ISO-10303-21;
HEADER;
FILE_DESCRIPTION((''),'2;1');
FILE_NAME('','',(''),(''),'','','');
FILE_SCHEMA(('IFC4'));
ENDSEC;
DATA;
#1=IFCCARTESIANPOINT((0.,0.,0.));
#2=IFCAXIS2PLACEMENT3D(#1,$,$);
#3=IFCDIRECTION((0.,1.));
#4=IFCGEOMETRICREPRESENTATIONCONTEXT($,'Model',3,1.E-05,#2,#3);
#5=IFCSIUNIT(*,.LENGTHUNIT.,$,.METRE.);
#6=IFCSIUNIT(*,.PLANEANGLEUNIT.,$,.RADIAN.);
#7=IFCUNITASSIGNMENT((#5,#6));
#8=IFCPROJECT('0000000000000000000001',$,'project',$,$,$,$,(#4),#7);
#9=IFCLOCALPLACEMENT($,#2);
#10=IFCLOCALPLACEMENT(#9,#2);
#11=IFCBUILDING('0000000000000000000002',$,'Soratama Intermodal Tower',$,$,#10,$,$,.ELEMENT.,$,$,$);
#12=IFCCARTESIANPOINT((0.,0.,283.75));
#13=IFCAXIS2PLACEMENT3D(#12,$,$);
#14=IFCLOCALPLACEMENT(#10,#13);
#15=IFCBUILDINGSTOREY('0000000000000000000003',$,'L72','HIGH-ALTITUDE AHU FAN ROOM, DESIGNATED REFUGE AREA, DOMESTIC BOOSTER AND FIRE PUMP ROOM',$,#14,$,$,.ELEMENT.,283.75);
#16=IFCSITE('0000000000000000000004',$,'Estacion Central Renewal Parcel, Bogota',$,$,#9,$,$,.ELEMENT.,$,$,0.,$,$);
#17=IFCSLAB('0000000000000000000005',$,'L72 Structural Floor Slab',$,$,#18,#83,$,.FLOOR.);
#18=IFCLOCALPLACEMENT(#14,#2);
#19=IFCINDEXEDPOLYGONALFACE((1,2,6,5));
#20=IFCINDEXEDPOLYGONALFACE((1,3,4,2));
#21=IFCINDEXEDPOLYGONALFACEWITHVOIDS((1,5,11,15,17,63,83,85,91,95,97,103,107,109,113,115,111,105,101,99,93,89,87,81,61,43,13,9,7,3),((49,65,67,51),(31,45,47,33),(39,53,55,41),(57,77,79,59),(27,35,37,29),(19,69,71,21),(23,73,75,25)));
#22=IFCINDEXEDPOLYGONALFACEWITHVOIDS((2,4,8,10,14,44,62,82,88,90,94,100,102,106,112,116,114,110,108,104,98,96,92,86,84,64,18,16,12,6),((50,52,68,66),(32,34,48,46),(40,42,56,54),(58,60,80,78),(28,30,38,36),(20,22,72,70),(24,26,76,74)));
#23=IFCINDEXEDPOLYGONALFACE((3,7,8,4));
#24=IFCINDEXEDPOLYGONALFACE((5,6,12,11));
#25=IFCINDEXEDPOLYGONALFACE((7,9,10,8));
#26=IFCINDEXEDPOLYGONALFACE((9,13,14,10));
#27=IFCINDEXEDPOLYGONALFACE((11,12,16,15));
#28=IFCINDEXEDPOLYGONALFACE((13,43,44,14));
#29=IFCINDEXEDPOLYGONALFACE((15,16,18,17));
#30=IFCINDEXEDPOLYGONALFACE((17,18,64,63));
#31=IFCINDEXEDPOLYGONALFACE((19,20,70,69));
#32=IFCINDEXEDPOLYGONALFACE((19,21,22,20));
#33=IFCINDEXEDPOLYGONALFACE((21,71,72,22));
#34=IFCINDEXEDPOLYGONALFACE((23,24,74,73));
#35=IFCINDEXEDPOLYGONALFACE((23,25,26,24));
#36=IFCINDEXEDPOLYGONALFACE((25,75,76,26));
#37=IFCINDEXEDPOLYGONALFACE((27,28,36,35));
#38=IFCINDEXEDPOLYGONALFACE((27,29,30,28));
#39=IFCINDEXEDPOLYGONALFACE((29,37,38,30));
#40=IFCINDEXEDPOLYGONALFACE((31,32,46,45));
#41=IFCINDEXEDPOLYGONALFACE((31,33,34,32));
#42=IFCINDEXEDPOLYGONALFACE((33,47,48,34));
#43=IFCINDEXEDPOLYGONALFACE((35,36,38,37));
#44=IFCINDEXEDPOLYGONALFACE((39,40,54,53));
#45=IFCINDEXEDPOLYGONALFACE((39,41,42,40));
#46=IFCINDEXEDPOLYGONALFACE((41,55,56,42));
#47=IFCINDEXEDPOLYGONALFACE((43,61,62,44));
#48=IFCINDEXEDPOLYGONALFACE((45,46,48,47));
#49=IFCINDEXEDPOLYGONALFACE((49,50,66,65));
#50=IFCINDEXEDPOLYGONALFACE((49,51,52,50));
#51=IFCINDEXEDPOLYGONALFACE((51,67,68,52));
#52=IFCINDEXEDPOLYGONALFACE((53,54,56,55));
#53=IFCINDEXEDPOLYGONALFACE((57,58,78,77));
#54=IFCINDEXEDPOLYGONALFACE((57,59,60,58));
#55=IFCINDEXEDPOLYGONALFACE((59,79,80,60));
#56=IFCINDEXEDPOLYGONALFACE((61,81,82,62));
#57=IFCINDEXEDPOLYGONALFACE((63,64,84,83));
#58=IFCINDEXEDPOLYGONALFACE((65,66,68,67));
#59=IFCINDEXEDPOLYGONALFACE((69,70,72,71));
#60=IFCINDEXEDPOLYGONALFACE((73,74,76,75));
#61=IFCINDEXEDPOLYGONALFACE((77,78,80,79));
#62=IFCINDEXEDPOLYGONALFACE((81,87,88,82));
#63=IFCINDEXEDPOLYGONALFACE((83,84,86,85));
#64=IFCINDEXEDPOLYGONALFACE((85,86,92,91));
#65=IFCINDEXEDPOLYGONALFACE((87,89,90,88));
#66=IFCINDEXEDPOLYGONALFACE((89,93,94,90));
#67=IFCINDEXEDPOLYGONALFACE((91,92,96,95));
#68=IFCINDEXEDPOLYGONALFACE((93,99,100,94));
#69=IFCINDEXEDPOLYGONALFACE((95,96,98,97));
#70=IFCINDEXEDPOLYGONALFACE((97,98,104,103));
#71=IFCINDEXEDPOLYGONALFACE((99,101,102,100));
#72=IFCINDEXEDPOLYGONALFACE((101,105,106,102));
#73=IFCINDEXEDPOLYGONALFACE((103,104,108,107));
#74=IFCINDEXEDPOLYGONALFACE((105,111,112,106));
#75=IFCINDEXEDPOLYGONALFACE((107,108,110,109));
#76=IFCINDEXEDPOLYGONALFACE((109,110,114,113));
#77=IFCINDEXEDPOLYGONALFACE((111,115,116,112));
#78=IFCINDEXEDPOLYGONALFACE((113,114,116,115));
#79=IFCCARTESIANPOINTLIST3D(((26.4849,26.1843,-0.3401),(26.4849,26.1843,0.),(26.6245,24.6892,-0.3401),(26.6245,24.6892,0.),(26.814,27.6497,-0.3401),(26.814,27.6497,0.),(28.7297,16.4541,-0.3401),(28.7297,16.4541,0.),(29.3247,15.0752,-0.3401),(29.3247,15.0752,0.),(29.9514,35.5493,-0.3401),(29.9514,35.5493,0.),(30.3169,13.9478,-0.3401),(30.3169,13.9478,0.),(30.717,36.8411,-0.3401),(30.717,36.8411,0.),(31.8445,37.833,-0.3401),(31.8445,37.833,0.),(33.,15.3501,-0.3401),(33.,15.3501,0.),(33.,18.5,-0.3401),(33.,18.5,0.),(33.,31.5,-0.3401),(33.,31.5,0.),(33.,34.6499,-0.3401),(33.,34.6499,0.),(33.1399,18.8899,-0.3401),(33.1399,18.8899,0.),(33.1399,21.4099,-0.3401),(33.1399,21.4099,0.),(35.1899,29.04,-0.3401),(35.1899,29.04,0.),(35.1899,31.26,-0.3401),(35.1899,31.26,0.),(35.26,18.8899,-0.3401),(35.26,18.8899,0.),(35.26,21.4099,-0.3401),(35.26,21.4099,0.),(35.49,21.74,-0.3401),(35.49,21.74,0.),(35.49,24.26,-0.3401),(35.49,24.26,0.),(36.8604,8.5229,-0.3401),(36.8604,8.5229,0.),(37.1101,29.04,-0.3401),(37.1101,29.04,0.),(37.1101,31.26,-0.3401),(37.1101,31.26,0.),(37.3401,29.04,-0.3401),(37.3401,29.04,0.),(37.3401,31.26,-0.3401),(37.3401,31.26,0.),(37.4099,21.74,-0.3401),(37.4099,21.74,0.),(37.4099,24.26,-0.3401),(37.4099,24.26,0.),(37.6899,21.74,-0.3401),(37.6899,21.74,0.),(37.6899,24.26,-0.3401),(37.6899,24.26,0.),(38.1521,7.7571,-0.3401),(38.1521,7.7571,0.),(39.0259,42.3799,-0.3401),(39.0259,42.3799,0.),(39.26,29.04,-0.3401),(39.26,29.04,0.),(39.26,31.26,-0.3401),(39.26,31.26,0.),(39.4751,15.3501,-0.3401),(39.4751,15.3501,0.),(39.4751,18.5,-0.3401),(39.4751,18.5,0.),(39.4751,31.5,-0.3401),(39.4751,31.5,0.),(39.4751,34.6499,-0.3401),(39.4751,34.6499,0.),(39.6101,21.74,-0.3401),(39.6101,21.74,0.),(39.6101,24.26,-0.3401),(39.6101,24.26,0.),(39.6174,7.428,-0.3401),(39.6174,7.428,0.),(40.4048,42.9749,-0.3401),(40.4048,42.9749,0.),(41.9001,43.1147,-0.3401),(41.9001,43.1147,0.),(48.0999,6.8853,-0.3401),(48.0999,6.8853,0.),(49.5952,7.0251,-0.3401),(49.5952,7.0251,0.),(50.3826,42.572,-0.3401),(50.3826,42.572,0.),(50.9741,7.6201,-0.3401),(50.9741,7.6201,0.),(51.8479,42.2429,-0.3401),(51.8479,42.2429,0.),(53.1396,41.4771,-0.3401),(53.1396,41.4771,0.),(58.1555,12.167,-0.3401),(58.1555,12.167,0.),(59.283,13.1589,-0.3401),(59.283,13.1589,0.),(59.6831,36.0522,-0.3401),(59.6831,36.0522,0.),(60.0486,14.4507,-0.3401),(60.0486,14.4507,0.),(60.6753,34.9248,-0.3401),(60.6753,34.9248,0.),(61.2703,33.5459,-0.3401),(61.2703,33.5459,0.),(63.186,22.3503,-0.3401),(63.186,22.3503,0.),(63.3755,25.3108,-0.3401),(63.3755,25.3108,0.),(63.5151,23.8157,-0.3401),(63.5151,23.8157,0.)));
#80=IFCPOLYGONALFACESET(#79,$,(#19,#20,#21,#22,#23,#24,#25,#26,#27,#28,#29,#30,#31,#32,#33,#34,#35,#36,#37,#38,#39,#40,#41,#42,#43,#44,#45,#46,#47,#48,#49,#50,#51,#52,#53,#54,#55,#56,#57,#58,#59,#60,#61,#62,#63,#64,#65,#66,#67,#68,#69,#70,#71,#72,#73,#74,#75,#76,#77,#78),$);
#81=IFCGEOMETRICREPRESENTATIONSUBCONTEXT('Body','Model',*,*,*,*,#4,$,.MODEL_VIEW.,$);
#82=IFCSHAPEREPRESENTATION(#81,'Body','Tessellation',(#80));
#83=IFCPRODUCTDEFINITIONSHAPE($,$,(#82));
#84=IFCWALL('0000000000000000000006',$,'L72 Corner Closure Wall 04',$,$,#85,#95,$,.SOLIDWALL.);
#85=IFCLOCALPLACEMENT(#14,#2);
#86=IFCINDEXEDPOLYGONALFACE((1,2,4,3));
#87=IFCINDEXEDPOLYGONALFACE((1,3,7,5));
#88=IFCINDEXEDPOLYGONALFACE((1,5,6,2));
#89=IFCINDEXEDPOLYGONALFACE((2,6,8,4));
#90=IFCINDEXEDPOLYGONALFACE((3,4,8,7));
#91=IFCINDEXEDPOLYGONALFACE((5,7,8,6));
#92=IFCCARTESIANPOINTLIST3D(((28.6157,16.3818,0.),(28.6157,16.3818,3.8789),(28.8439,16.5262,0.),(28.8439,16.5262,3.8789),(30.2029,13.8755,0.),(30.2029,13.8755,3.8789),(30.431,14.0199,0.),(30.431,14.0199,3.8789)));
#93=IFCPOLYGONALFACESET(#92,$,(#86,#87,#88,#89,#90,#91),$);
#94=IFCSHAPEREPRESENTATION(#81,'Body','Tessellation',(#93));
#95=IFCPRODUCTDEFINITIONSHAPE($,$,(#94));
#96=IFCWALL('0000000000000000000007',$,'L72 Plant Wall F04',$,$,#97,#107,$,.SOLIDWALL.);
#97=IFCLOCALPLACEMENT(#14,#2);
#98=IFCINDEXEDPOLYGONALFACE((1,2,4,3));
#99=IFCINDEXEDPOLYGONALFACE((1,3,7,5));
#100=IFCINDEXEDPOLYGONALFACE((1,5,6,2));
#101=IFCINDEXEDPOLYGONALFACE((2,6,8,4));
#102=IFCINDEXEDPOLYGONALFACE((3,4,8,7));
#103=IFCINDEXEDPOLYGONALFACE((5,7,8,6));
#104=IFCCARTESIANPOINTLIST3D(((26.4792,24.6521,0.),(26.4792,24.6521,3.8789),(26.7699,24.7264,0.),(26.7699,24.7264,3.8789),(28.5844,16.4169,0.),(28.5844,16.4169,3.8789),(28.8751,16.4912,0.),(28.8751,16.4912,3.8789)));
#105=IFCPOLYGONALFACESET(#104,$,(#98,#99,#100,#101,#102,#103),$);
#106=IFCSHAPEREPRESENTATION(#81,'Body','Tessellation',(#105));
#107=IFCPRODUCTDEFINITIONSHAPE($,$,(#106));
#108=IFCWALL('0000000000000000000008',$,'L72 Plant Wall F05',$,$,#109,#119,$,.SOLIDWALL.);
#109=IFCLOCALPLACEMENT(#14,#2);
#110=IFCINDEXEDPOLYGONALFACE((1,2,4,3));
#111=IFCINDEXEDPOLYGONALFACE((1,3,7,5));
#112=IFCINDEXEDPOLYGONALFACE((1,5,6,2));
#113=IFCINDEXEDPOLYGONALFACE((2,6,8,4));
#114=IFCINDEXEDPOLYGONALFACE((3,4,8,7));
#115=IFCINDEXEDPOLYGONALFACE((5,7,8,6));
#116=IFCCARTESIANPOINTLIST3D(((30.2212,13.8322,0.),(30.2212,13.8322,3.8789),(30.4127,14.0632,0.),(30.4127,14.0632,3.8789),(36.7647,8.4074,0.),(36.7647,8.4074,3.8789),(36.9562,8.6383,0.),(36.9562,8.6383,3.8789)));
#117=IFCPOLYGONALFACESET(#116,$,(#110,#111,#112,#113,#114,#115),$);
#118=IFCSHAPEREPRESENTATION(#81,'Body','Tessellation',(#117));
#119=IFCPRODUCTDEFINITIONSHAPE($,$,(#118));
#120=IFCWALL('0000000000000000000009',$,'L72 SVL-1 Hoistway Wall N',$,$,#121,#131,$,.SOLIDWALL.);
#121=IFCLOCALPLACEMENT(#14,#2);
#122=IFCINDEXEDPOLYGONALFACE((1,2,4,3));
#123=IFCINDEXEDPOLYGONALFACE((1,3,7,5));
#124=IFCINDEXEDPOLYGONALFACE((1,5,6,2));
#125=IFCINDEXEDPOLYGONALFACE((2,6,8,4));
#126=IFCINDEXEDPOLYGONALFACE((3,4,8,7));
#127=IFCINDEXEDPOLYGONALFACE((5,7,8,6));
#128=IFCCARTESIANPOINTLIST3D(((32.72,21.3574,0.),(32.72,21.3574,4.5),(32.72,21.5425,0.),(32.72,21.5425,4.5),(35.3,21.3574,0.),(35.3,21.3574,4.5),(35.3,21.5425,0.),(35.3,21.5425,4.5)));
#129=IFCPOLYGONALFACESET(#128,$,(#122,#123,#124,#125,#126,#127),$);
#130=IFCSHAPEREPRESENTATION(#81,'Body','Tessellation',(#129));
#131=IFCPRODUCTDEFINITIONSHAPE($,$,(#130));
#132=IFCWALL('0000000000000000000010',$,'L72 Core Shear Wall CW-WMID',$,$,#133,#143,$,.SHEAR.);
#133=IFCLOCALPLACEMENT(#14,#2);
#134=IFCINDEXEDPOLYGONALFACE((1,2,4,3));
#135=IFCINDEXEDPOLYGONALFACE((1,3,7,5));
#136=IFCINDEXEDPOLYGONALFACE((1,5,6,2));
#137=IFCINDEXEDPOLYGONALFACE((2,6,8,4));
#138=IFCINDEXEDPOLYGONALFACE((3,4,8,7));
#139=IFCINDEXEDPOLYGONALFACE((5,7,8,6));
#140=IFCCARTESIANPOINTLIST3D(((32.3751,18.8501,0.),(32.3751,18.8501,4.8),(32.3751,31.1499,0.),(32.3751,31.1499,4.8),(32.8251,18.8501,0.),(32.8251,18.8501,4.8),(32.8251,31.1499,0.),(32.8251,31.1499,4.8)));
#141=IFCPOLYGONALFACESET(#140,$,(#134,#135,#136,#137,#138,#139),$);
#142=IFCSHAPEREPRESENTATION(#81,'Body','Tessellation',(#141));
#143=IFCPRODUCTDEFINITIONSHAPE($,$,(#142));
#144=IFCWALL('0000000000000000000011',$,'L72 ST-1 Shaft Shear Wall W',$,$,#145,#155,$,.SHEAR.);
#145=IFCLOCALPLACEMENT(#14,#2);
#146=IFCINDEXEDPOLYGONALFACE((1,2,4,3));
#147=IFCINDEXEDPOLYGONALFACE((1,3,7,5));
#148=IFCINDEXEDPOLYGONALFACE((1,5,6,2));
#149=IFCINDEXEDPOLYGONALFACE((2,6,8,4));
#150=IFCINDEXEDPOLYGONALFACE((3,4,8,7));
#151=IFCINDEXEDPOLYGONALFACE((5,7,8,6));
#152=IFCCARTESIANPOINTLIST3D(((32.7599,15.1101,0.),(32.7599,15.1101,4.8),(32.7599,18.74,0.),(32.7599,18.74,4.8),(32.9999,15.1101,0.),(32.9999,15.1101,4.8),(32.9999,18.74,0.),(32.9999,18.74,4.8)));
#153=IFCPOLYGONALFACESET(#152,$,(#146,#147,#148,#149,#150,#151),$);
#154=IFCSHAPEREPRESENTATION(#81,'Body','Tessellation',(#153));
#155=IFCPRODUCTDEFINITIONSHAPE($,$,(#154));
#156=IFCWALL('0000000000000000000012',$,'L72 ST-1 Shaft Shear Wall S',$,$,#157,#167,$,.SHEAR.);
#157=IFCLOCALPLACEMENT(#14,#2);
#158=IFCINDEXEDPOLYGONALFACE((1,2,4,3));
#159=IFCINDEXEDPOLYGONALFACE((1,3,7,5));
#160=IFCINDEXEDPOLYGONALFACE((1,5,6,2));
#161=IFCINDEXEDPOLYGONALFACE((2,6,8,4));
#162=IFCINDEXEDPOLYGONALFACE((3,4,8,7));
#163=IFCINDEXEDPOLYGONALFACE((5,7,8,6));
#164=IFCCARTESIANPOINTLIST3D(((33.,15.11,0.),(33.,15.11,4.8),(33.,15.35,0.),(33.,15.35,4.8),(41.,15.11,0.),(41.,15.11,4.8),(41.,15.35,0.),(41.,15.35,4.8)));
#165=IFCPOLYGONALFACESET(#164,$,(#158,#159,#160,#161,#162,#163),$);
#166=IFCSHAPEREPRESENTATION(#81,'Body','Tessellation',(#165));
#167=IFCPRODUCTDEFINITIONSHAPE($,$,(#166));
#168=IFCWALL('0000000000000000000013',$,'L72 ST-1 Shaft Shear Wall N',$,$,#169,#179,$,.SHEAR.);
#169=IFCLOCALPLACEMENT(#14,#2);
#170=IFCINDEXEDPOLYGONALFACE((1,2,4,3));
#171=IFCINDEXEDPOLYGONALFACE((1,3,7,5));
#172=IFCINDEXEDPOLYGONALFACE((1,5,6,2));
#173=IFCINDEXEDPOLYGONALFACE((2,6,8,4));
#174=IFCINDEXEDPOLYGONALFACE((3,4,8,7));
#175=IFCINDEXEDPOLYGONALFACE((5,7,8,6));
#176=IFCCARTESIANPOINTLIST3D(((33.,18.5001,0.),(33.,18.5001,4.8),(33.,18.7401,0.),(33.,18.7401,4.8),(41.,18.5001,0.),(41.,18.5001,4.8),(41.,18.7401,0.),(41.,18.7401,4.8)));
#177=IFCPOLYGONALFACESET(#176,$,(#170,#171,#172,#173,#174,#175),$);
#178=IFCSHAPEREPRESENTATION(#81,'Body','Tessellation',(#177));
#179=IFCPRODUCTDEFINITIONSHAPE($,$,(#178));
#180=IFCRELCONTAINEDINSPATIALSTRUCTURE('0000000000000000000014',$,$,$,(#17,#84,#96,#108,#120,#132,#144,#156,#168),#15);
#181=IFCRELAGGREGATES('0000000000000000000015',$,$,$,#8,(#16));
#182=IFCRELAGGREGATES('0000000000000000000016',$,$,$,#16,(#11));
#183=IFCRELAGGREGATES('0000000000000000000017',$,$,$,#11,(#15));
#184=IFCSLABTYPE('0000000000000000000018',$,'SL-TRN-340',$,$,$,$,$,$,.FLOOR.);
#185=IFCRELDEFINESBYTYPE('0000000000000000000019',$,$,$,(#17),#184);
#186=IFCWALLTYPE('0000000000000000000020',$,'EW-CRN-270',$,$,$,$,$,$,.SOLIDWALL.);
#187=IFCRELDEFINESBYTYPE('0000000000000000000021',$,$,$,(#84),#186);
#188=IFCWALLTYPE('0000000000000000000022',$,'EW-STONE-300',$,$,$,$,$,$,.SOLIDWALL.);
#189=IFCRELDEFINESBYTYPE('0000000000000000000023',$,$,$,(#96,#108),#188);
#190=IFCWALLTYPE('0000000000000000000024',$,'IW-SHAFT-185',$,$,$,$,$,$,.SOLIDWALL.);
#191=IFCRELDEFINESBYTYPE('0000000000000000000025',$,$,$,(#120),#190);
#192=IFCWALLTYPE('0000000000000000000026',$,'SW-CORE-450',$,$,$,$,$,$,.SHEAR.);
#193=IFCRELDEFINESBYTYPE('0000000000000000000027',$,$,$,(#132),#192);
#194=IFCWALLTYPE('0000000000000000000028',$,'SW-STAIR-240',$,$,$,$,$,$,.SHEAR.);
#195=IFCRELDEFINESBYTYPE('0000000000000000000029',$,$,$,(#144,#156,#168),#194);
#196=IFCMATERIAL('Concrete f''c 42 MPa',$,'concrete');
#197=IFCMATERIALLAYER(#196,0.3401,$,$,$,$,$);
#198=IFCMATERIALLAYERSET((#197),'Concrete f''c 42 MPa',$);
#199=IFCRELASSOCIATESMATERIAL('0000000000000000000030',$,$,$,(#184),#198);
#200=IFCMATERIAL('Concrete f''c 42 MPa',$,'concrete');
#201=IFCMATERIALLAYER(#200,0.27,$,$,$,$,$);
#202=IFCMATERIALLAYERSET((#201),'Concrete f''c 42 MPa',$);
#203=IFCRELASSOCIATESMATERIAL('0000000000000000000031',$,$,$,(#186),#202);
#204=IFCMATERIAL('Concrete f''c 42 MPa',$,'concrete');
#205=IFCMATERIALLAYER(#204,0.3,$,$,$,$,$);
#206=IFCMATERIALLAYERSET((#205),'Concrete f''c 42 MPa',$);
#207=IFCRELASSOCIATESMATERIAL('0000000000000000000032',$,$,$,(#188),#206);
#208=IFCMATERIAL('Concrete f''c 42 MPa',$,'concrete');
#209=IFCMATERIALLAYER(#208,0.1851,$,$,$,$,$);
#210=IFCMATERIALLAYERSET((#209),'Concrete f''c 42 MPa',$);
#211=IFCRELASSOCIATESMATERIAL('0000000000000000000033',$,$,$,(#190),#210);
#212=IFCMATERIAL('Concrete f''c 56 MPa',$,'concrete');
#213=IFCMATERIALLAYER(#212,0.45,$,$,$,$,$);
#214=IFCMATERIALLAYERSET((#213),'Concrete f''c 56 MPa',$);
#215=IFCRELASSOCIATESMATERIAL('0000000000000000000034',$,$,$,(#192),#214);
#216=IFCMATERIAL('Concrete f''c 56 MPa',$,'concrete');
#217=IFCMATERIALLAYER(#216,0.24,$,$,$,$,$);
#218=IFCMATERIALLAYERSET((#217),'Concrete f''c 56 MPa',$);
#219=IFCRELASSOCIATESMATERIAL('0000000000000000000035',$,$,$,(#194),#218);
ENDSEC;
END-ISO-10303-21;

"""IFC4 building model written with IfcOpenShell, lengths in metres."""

from ifc_helpers import new_model, si_unit, direction, frame, frame_2d, origin, place, context, subcontext, project, spatial, polyline, rectangle, outline, extrude, material, layer, layer_set, type_object, element, save


model = new_model("IFC4")

# Units and contexts
model_context = context("Model", 3, precision=1e-05, world=origin(), true_north=direction((0.0, 1.0)))
body_context = subcontext(model_context, "Body", "Model", "MODEL_VIEW")
ifc_project = project(units=[si_unit("LENGTHUNIT", "METRE"), si_unit("PLANEANGLEUNIT", "RADIAN")], contexts=[model_context])

# Site, building, storey
site_placement = place(None, origin())
site = spatial("IfcSite", under=ifc_project, at=site_placement, Name="Estacion Central Renewal Parcel, Bogota", CompositionType="ELEMENT", RefElevation=0.0)
building_placement = place(site_placement, origin())
building = spatial("IfcBuilding", under=site, at=building_placement, Name="Soratama Intermodal Tower", CompositionType="ELEMENT")
storey_placement = place(building_placement, frame((0.0, 0.0, 283.75)))
storey = spatial("IfcBuildingStorey", under=building, at=storey_placement, Name="L72", Description="HIGH-ALTITUDE AHU FAN ROOM, DESIGNATED REFUGE AREA, DOMESTIC BOOSTER AND FIRE PUMP ROOM", CompositionType="ELEMENT", Elevation=283.75)

# Slab
ifc_material_1 = material(Name="Concrete f'c 42 MPa", Category="concrete")
ifc_layer_1 = layer(ifc_material_1, 0.3401)
ifc_layer_set_1 = layer_set([ifc_layer_1], Name="Concrete f'c 42 MPa")
slab_type_1 = type_object("IfcSlabType", Name="SL-TRN-340", PredefinedType="FLOOR", material=ifc_layer_set_1)
slab_1_placement = place(storey_placement, frame((0.0, 0.0, -0.3401)))
element("IfcSlab", 1, at=slab_1_placement, inside=storey, type_object=slab_type_1, Name="L72 Structural Floor Slab", PredefinedType="FLOOR", context=body_context, shape_type="SweptSolid", body=[
    extrude(outline(polyline([(53.1396, 41.4771), (51.8479, 42.2429), (50.3826, 42.572), (41.9001, 43.1147), (40.4048, 42.9749), (39.0259, 42.3799), (31.8445, 37.833), (30.717, 36.8411), (29.9514, 35.5493), (26.814, 27.6497), (26.4849, 26.1843), (26.6245, 24.6892), (28.7297, 16.4541), (29.3247, 15.0752), (30.3169, 13.9478), (36.8604, 8.5229), (38.1521, 7.7571), (39.6174, 7.428), (48.0999, 6.8853), (49.5952, 7.0251), (50.9741, 7.6201), (58.1555, 12.167), (59.283, 13.1589), (60.0486, 14.4507), (63.186, 22.3503), (63.5151, 23.8157), (63.3755, 25.3108), (61.2703, 33.5459), (60.6753, 34.9248), (59.6831, 36.0522), (53.1396, 41.4771)]), holes=[polyline([(33.0, 15.3501), (39.4751, 15.3501), (39.4751, 18.5), (33.0, 18.5), (33.0, 15.3501)]), polyline([(35.26, 21.4099), (33.1399, 21.4099), (33.1399, 18.8899), (35.26, 18.8899), (35.26, 21.4099)]), polyline([(37.4099, 24.26), (35.49, 24.26), (35.49, 21.74), (37.4099, 21.74), (37.4099, 24.26)]), polyline([(39.6101, 24.26), (37.6899, 24.26), (37.6899, 21.74), (39.6101, 21.74), (39.6101, 24.26)]), polyline([(37.1101, 31.26), (35.1899, 31.26), (35.1899, 29.04), (37.1101, 29.04), (37.1101, 31.26)]), polyline([(39.26, 31.26), (37.3401, 31.26), (37.3401, 29.04), (39.26, 29.04), (39.26, 31.26)]), polyline([(33.0, 34.6499), (33.0, 31.5), (39.4751, 31.5), (39.4751, 34.6499), (33.0, 34.6499)])]), origin(), (0.0, 0.0, 1.0), 0.3401),
])

# Walls
ifc_material_2 = material(Name="Concrete f'c 42 MPa", Category="concrete")
ifc_layer_2 = layer(ifc_material_2, 0.27)
ifc_layer_set_2 = layer_set([ifc_layer_2], Name="Concrete f'c 42 MPa")
wall_type_1 = type_object("IfcWallType", Name="EW-CRN-270", PredefinedType="SOLIDWALL", material=ifc_layer_set_2)
wall_1_placement = place(storey_placement, frame((28.7297, 16.4541, 0.0), z_axis=(0.0, 0.0, 1.0), x_axis=(0.535005, -0.844849, 0.0)))
element("IfcWall", 2, at=wall_1_placement, inside=storey, type_object=wall_type_1, Name="L72 Corner Closure Wall 04", PredefinedType="SOLIDWALL", context=body_context, shape_type="SweptSolid", body=[
    extrude(rectangle(XDim=2.9666, YDim=0.27, at=frame_2d((1.4834, 0.0))), origin(), (0.0, 0.0, 1.0), 3.8789),
])
ifc_material_3 = material(Name="Concrete f'c 42 MPa", Category="concrete")
ifc_layer_3 = layer(ifc_material_3, 0.3)
ifc_layer_set_3 = layer_set([ifc_layer_3], Name="Concrete f'c 42 MPa")
wall_type_2 = type_object("IfcWallType", Name="EW-STONE-300", PredefinedType="SOLIDWALL", material=ifc_layer_set_3)
wall_2_placement = place(storey_placement, frame((26.6245, 24.6892, 0.0), z_axis=(0.0, 0.0, 1.0), x_axis=(0.247675, -0.968843, 0.0)))
element("IfcWall", 3, at=wall_2_placement, inside=storey, type_object=wall_type_2, Name="L72 Plant Wall F04", PredefinedType="SOLIDWALL", context=body_context, shape_type="SweptSolid", body=[
    extrude(rectangle(XDim=8.5, YDim=0.3, at=frame_2d((4.25, 0.0))), origin(), (0.0, 0.0, 1.0), 3.8789),
])
wall_3_placement = place(storey_placement, frame((30.3169, 13.9478, 0.0), z_axis=(0.0, 0.0, 1.0), x_axis=(0.769843, -0.638233, 0.0)))
element("IfcWall", 4, at=wall_3_placement, inside=storey, type_object=wall_type_2, Name="L72 Plant Wall F05", PredefinedType="SOLIDWALL", context=body_context, shape_type="SweptSolid", body=[
    extrude(rectangle(XDim=8.4998, YDim=0.3, at=frame_2d((4.25, 0.0))), origin(), (0.0, 0.0, 1.0), 3.8789),
])
ifc_material_4 = material(Name="Concrete f'c 42 MPa", Category="concrete")
ifc_layer_4 = layer(ifc_material_4, 0.1851)
ifc_layer_set_4 = layer_set([ifc_layer_4], Name="Concrete f'c 42 MPa")
wall_type_3 = type_object("IfcWallType", Name="IW-SHAFT-185", PredefinedType="SOLIDWALL", material=ifc_layer_set_4)
wall_4_placement = place(storey_placement, frame((32.72, 21.45, 0.0), z_axis=(0.0, 0.0, 1.0), x_axis=(1.0, 0.0, 0.0)))
element("IfcWall", 5, at=wall_4_placement, inside=storey, type_object=wall_type_3, Name="L72 SVL-1 Hoistway Wall N", PredefinedType="SOLIDWALL", context=body_context, shape_type="SweptSolid", body=[
    extrude(rectangle(XDim=2.5801, YDim=0.1851, at=frame_2d((1.29, 0.0))), origin(), (0.0, 0.0, 1.0), 4.5),
])
ifc_material_5 = material(Name="Concrete f'c 56 MPa", Category="concrete")
ifc_layer_5 = layer(ifc_material_5, 0.45)
ifc_layer_set_5 = layer_set([ifc_layer_5], Name="Concrete f'c 56 MPa")
wall_type_4 = type_object("IfcWallType", Name="SW-CORE-450", PredefinedType="SHEAR", material=ifc_layer_set_5)
wall_5_placement = place(storey_placement, frame((32.6001, 18.8501, 0.0), z_axis=(0.0, 0.0, 1.0), x_axis=(0.0, 1.0, 0.0)))
element("IfcWall", 6, at=wall_5_placement, inside=storey, type_object=wall_type_4, Name="L72 Core Shear Wall CW-WMID", PredefinedType="SHEAR", context=body_context, shape_type="SweptSolid", body=[
    extrude(rectangle(XDim=12.2998, YDim=0.45, at=frame_2d((6.1499, 0.0))), origin(), (0.0, 0.0, 1.0), 4.8),
])
ifc_material_6 = material(Name="Concrete f'c 56 MPa", Category="concrete")
ifc_layer_6 = layer(ifc_material_6, 0.24)
ifc_layer_set_6 = layer_set([ifc_layer_6], Name="Concrete f'c 56 MPa")
wall_type_5 = type_object("IfcWallType", Name="SW-STAIR-240", PredefinedType="SHEAR", material=ifc_layer_set_6)
wall_6_placement = place(storey_placement, frame((32.8799, 15.1101, 0.0), z_axis=(0.0, 0.0, 1.0), x_axis=(0.0, 1.0, 0.0)))
element("IfcWall", 7, at=wall_6_placement, inside=storey, type_object=wall_type_5, Name="L72 ST-1 Shaft Shear Wall W", PredefinedType="SHEAR", context=body_context, shape_type="SweptSolid", body=[
    extrude(rectangle(XDim=3.6299, YDim=0.24, at=frame_2d((1.8149, 0.0))), origin(), (0.0, 0.0, 1.0), 4.8),
])
for number, where, z_axis, x_axis, name in (
    (8, (33.0, 15.23, 0.0), (0.0, 0.0, 1.0), (1.0, 0.0, 0.0), "L72 ST-1 Shaft Shear Wall S"),
    (9, (33.0, 18.6201, 0.0), (0.0, 0.0, 1.0), (1.0, 0.0, 0.0), "L72 ST-1 Shaft Shear Wall N"),
):
    element("IfcWall", number, at=place(storey_placement, frame(where, z_axis=z_axis, x_axis=x_axis)), inside=storey, type_object=wall_type_5, Name=name, PredefinedType="SHEAR", context=body_context, shape_type="SweptSolid", body=[
        extrude(rectangle(XDim=8.0, YDim=0.24, at=frame_2d((4.0, 0.0))), origin(), (0.0, 0.0, 1.0), 4.8),
    ])

save(model, "model.ifc")
